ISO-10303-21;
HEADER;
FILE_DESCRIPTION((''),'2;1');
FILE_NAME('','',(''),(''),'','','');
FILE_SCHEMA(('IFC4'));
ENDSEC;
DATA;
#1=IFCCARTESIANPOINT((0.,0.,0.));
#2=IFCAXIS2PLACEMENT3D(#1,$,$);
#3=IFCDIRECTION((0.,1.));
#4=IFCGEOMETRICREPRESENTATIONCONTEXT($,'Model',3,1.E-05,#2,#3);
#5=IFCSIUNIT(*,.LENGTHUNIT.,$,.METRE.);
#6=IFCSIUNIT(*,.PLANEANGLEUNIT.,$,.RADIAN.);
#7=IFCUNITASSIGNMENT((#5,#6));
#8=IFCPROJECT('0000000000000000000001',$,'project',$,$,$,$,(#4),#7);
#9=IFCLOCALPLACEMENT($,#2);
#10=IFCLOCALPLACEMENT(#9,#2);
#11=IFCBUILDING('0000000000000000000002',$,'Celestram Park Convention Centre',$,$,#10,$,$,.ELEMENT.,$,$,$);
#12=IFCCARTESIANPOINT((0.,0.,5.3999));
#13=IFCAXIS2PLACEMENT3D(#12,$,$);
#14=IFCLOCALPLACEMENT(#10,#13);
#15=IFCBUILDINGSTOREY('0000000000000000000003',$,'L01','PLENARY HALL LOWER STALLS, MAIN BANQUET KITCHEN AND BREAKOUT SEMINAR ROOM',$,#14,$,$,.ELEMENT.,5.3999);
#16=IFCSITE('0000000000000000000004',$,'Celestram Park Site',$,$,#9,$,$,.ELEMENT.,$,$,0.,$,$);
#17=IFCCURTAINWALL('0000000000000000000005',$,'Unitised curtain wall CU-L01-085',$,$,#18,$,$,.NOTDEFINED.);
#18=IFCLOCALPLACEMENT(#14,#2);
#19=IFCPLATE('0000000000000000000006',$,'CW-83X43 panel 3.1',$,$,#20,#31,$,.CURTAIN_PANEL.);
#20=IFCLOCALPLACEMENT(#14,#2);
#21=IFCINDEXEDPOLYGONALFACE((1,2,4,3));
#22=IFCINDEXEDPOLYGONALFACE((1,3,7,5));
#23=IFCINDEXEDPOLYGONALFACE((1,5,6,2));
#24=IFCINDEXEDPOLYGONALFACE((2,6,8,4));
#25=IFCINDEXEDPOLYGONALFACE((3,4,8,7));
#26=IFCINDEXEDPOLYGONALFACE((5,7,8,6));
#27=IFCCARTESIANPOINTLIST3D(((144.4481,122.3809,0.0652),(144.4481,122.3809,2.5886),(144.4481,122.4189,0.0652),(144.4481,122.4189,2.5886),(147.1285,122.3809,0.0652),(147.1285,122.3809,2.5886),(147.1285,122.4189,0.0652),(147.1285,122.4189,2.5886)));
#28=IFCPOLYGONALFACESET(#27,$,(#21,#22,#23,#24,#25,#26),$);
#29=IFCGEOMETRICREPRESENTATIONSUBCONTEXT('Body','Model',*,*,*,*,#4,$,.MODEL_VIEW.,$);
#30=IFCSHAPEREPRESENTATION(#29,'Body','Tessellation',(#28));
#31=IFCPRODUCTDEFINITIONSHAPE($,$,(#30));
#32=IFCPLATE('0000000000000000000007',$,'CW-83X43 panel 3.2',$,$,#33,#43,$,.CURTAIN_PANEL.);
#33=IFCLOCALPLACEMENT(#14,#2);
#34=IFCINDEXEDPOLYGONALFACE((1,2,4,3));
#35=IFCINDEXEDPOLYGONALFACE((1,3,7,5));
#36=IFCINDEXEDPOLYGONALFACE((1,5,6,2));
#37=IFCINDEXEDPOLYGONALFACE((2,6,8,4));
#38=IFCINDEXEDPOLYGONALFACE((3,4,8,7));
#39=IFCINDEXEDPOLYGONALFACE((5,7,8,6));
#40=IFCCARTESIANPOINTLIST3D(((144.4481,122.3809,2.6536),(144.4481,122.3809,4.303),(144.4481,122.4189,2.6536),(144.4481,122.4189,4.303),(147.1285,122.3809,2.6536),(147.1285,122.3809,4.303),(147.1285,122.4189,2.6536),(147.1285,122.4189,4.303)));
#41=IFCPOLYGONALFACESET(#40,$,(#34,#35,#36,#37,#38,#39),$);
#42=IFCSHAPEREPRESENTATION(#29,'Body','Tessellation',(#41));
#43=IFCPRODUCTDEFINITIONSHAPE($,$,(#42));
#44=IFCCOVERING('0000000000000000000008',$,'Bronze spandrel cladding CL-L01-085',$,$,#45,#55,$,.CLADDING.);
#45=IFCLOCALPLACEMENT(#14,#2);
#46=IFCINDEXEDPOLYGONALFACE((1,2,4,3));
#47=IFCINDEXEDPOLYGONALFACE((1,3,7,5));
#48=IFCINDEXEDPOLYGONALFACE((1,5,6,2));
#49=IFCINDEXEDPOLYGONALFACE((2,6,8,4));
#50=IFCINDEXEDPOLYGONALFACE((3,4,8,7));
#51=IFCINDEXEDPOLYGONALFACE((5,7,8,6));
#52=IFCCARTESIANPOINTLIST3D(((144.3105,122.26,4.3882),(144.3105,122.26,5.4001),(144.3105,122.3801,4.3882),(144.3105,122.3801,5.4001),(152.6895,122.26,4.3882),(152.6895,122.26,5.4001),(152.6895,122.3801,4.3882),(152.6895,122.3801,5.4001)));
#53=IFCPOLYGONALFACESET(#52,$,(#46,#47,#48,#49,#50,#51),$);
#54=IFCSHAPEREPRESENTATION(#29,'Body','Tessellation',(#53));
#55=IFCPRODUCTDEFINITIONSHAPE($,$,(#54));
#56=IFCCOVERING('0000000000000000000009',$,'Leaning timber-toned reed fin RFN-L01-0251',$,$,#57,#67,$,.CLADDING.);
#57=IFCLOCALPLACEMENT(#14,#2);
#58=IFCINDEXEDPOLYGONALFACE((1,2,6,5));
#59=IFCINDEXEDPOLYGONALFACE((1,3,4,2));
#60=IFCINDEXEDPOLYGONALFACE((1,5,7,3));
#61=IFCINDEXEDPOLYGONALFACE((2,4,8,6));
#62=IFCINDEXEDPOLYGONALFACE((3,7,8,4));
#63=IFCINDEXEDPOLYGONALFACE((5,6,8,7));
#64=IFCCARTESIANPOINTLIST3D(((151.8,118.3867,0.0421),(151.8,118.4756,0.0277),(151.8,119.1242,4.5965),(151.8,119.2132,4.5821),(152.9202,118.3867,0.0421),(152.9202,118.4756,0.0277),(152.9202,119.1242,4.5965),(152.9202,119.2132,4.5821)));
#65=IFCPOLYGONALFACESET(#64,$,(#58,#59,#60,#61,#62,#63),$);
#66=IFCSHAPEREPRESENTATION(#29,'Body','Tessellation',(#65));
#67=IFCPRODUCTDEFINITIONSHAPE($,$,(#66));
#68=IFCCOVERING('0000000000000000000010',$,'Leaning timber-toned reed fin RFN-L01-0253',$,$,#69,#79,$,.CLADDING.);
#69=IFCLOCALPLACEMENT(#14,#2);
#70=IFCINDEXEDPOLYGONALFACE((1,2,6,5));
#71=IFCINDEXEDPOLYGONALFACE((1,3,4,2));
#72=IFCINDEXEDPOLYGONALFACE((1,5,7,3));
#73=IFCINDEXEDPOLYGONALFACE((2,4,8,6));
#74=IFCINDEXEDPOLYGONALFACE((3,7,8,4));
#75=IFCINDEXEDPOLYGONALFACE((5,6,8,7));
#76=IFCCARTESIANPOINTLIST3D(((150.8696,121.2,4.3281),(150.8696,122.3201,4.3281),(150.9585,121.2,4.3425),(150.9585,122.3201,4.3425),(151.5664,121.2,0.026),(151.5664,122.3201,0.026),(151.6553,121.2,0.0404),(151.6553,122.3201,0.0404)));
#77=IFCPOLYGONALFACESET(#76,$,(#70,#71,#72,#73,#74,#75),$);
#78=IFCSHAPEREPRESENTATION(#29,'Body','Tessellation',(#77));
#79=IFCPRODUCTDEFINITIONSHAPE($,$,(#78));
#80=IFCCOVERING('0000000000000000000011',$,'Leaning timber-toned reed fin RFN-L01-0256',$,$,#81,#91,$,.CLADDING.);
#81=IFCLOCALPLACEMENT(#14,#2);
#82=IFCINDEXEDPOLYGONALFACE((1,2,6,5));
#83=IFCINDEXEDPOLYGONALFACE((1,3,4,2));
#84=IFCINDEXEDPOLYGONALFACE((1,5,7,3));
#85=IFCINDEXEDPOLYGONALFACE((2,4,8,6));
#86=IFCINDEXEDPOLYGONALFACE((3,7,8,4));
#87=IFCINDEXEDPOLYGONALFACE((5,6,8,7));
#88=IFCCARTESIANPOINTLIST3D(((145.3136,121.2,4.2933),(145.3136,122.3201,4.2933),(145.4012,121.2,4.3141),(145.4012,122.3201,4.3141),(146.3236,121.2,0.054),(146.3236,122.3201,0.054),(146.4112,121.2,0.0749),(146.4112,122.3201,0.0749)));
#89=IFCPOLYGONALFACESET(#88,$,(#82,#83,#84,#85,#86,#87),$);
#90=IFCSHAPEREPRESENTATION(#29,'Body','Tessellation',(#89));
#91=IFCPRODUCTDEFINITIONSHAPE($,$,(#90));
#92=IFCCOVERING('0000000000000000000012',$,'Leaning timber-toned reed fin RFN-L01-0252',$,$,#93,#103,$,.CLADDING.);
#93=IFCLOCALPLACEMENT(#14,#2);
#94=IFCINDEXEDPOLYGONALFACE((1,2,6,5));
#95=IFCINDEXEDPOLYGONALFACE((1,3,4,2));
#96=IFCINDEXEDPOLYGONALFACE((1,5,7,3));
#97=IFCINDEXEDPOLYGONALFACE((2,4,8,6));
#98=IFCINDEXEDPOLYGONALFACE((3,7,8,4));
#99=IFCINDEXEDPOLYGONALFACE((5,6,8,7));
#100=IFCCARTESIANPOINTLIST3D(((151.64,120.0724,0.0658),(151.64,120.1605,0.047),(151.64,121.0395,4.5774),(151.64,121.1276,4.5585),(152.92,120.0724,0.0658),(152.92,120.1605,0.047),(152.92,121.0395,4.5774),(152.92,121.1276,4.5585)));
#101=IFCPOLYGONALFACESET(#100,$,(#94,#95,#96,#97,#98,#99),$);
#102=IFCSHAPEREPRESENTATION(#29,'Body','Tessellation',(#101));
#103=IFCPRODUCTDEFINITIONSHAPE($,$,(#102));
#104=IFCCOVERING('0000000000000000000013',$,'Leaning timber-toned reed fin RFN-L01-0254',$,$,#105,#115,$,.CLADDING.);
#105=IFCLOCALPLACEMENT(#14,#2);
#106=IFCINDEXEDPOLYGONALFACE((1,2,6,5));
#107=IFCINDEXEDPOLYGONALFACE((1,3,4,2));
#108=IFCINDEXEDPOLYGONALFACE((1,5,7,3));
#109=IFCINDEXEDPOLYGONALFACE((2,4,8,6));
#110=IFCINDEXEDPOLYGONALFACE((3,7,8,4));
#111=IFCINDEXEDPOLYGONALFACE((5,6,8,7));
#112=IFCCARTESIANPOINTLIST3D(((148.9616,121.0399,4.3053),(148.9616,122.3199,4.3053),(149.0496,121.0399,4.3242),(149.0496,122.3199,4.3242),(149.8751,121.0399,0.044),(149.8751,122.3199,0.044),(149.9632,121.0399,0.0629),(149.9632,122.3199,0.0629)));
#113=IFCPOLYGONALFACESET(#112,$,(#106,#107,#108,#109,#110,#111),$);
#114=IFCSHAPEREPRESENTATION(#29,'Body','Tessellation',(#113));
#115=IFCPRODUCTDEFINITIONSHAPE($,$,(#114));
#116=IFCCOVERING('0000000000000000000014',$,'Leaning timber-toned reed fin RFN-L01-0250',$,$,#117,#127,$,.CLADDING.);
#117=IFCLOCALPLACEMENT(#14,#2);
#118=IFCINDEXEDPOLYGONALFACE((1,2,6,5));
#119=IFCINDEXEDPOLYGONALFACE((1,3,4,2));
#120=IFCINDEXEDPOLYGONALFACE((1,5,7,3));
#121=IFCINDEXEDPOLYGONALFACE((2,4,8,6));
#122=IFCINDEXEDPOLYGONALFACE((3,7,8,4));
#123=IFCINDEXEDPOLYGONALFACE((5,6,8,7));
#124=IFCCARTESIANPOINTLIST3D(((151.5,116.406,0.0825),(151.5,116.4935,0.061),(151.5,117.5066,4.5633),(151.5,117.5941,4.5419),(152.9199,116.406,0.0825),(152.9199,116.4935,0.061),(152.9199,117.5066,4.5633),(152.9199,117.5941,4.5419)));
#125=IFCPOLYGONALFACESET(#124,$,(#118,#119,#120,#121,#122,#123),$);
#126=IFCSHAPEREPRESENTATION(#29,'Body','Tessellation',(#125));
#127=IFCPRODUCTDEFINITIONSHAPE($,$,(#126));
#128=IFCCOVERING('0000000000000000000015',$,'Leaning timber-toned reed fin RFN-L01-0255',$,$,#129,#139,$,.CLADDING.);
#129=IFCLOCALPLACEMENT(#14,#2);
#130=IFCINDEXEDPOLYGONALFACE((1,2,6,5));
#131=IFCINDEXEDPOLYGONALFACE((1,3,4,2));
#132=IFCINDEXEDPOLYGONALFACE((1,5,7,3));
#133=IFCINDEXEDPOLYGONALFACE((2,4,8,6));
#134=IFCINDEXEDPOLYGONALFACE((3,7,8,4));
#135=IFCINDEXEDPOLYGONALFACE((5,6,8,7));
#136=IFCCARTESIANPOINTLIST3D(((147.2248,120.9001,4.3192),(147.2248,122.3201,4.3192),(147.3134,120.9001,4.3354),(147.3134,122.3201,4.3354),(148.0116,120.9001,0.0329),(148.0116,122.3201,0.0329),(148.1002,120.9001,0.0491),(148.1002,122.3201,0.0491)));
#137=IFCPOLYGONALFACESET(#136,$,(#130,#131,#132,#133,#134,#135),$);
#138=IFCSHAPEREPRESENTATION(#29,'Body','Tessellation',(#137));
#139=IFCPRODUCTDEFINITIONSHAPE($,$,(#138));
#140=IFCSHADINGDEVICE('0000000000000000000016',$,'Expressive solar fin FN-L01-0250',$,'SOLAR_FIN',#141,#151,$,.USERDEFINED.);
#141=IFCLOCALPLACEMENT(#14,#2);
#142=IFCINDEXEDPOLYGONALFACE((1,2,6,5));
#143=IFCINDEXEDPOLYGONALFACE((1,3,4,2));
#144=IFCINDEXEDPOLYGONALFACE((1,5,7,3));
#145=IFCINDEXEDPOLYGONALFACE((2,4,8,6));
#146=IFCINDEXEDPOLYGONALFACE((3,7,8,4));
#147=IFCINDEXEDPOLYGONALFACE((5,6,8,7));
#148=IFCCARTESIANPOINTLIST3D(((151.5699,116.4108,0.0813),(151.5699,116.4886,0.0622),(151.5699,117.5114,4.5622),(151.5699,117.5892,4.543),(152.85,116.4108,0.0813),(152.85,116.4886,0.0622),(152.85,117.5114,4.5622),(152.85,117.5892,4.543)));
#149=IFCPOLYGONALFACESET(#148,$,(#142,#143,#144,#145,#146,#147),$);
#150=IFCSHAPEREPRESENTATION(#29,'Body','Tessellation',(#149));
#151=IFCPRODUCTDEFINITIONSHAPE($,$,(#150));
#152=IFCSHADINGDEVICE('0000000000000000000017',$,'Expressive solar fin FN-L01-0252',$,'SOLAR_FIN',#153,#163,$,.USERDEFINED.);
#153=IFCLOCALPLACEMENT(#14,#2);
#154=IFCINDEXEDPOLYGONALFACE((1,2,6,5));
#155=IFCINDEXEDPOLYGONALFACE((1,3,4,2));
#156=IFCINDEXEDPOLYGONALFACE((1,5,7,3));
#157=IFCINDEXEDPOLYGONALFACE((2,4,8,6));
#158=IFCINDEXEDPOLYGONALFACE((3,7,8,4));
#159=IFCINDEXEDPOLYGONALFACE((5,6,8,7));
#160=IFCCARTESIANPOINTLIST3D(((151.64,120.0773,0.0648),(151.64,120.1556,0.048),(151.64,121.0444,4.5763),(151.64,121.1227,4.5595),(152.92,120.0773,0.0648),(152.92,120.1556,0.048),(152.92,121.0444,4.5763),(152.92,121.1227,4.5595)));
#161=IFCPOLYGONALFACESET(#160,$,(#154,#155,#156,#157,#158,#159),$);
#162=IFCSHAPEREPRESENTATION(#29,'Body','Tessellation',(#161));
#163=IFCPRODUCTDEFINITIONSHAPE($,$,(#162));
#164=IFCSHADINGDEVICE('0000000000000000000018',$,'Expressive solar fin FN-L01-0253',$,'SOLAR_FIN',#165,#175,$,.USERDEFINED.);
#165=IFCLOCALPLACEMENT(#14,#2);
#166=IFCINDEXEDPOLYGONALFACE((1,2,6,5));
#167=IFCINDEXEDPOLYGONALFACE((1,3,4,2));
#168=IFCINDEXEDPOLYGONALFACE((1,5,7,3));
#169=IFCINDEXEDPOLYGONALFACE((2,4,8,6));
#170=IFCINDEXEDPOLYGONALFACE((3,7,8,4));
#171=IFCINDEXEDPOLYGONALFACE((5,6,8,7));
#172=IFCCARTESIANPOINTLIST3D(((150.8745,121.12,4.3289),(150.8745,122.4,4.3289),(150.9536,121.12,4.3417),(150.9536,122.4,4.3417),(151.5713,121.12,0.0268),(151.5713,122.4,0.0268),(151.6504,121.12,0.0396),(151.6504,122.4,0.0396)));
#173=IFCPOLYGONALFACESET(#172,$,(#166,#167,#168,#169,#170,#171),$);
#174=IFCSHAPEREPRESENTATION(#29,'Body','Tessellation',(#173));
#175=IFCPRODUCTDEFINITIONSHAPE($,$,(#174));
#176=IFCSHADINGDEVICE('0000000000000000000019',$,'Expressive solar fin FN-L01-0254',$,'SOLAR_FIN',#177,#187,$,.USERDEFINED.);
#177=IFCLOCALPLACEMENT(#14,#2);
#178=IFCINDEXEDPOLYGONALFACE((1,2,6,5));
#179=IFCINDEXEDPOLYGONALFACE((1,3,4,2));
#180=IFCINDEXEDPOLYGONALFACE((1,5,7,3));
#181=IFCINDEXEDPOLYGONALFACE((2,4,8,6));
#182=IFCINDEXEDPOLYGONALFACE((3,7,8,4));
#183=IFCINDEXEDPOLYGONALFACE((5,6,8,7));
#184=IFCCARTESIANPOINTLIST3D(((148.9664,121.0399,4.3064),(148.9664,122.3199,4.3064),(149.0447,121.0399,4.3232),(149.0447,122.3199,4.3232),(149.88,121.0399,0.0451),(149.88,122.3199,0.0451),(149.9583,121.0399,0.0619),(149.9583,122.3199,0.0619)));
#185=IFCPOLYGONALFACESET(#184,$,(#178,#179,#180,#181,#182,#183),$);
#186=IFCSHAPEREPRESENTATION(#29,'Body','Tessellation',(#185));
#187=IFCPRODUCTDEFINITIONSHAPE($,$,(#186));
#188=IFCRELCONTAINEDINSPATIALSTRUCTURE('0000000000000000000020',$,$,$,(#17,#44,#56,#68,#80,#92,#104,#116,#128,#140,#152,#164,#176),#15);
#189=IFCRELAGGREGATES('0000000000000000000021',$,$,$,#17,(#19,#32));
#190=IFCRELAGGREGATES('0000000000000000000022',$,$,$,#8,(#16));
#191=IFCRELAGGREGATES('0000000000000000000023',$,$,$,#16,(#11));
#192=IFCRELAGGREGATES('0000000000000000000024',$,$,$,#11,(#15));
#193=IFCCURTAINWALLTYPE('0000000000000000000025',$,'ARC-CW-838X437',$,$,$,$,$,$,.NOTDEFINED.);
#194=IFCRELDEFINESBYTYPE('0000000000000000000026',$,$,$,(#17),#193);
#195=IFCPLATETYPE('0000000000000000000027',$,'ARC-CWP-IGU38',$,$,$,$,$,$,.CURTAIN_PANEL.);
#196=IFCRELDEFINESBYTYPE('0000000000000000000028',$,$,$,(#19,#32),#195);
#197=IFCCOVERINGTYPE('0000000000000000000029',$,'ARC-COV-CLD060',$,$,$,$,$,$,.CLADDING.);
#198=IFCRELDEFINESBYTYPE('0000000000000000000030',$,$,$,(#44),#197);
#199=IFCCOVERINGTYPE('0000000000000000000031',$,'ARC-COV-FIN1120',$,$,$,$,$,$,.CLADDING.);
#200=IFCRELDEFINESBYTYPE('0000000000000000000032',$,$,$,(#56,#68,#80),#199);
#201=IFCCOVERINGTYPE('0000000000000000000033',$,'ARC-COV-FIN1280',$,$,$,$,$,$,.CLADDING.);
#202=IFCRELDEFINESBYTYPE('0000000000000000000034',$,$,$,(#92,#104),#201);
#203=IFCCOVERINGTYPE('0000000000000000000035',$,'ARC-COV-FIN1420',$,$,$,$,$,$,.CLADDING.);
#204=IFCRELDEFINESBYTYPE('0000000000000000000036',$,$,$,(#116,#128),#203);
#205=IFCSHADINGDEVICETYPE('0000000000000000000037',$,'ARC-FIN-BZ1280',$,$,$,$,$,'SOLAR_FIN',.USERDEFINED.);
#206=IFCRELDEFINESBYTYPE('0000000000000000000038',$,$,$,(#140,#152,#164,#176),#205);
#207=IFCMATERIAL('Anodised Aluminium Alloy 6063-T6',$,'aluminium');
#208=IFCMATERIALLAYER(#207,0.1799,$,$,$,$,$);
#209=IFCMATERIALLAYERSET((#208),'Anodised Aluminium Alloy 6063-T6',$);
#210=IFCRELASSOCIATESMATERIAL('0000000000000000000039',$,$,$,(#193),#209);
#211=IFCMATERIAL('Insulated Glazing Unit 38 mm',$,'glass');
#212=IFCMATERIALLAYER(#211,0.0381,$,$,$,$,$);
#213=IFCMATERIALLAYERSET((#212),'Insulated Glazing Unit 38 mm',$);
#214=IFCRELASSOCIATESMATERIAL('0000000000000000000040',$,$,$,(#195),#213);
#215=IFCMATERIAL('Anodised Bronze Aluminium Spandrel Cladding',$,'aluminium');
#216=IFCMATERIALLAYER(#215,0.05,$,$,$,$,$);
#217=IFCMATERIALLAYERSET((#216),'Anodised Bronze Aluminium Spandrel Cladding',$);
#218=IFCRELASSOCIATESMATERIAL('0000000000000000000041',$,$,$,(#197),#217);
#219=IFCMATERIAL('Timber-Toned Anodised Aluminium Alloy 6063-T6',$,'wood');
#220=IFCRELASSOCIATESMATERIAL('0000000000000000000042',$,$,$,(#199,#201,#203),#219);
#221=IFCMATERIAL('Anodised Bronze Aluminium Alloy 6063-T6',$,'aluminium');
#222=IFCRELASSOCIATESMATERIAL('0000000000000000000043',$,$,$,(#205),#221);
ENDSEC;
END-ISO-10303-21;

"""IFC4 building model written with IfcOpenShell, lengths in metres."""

from ifc_helpers import new_model, si_unit, direction, frame, origin, origin_2d, place, context, subcontext, project, spatial, rectangle, extrude, material, layer, layer_set, material_profile, profile_set, type_object, element, aggregate, save


model = new_model("IFC4")

# Units and contexts
model_context = context("Model", 3, precision=1e-05, world=origin(), true_north=direction((0.0, 1.0)))
body_context = subcontext(model_context, "Body", "Model", "MODEL_VIEW")
ifc_project = project(units=[si_unit("LENGTHUNIT", "METRE"), si_unit("PLANEANGLEUNIT", "RADIAN")], contexts=[model_context])

# Site, building, storey
site_placement = place(None, origin())
site = spatial("IfcSite", under=ifc_project, at=site_placement, Name="Celestram Park Site", CompositionType="ELEMENT", RefElevation=0.0)
building_placement = place(site_placement, origin())
building = spatial("IfcBuilding", under=site, at=building_placement, Name="Celestram Park Convention Centre", CompositionType="ELEMENT")
storey_placement = place(building_placement, frame((0.0, 0.0, 5.3999)))
storey = spatial("IfcBuildingStorey", under=building, at=storey_placement, Name="L01", Description="PLENARY HALL LOWER STALLS, MAIN BANQUET KITCHEN AND BREAKOUT SEMINAR ROOM", CompositionType="ELEMENT", Elevation=5.3999)

# Curtain wall, plates
ifc_material_1 = material(Name="Anodised Aluminium Alloy 6063-T6", Category="aluminium")
ifc_layer_1 = layer(ifc_material_1, 0.1799)
ifc_layer_set_1 = layer_set([ifc_layer_1], Name="Anodised Aluminium Alloy 6063-T6")
curtain_wall_type = type_object("IfcCurtainWallType", Name="ARC-CW-838X437", PredefinedType="NOTDEFINED", material=ifc_layer_set_1)
curtain_wall_placement = place(storey_placement, origin())
curtain_wall = element("IfcCurtainWall", 1, at=curtain_wall_placement, inside=storey, type_object=curtain_wall_type, Name="Unitised curtain wall CU-L01-085", PredefinedType="NOTDEFINED")
ifc_material_2 = material(Name="Insulated Glazing Unit 38 mm", Category="glass")
ifc_layer_2 = layer(ifc_material_2, 0.0381)
ifc_layer_set_2 = layer_set([ifc_layer_2], Name="Insulated Glazing Unit 38 mm")
plate_type = type_object("IfcPlateType", Name="ARC-CWP-IGU38", PredefinedType="CURTAIN_PANEL", material=ifc_layer_set_2)
plate_1_placement = place(storey_placement, frame((145.7883, 122.3999, 0.0652), z_axis=(0.0, 0.0, 1.0), x_axis=(-1.0, 0.0, 0.0)))
plate_1 = element("IfcPlate", 2, at=plate_1_placement, type_object=plate_type, Name="CW-83X43 panel 3.1", PredefinedType="CURTAIN_PANEL", context=body_context, shape_type="SweptSolid", body=[
    extrude(rectangle(XDim=2.6804, YDim=0.0381, at=origin_2d()), origin(), (0.0, 0.0, 1.0), 2.5234),
])
plate_2_placement = place(storey_placement, frame((145.7883, 122.3999, 2.6536), z_axis=(0.0, 0.0, 1.0), x_axis=(-1.0, 0.0, 0.0)))
plate_2 = element("IfcPlate", 3, at=plate_2_placement, type_object=plate_type, Name="CW-83X43 panel 3.2", PredefinedType="CURTAIN_PANEL", context=body_context, shape_type="SweptSolid", body=[
    extrude(rectangle(XDim=2.6804, YDim=0.0381, at=origin_2d()), origin(), (0.0, 0.0, 1.0), 1.6494),
])
aggregate(curtain_wall, [plate_1, plate_2])

# Coverings
ifc_material_3 = material(Name="Anodised Bronze Aluminium Spandrel Cladding", Category="aluminium")
ifc_layer_3 = layer(ifc_material_3, 0.05)
ifc_layer_set_3 = layer_set([ifc_layer_3], Name="Anodised Bronze Aluminium Spandrel Cladding")
covering_type_1 = type_object("IfcCoveringType", Name="ARC-COV-CLD060", PredefinedType="CLADDING", material=ifc_layer_set_3)
covering_1_placement = place(storey_placement, frame((148.5, 122.3201, 4.3882), z_axis=(0.0, 0.0, 1.0), x_axis=(-1.0, 0.0, 0.0)))
element("IfcCovering", 4, at=covering_1_placement, inside=storey, type_object=covering_type_1, Name="Bronze spandrel cladding CL-L01-085", PredefinedType="CLADDING", context=body_context, shape_type="SweptSolid", body=[
    extrude(rectangle(XDim=8.3789, YDim=0.1201, at=origin_2d()), origin(), (0.0, 0.0, 1.0), 1.012),
])
ifc_material_4 = material(Name="Timber-Toned Anodised Aluminium Alloy 6063-T6", Category="wood")
ifc_material_profile_1 = material_profile(ifc_material_4, rectangle(XDim=1.1201, YDim=0.0901, at=origin_2d()), Name="REED1120X90")
ifc_profile_set_1 = profile_set([ifc_material_profile_1], Name="Timber-Toned Anodised Aluminium Alloy 6063-T6")
covering_type_2 = type_object("IfcCoveringType", Name="ARC-COV-FIN1120", PredefinedType="CLADDING", material=ifc_profile_set_1)
covering_2_placement = place(storey_placement, frame((152.3601, 118.4312, 0.0349), z_axis=(0.0, 0.159858, 0.98714), x_axis=(-1.0, 0.0, 0.0)))
element("IfcCovering", 5, at=covering_2_placement, inside=storey, type_object=covering_type_2, Name="Leaning timber-toned reed fin RFN-L01-0251", PredefinedType="CLADDING", context=body_context, shape_type="SweptSolid", body=[
    extrude(rectangle(XDim=1.1201, YDim=0.0901, at=origin_2d()), origin(), (0.0, 0.0, 1.0), 4.6138),
])
covering_3_placement = place(storey_placement, frame((151.6108, 121.76, 0.0332), z_axis=(-0.159882, 0.0, 0.987136), x_axis=(0.0, -1.0, 0.0)))
element("IfcCovering", 6, at=covering_3_placement, inside=storey, type_object=covering_type_2, Name="Leaning timber-toned reed fin RFN-L01-0253", PredefinedType="CLADDING", context=body_context, shape_type="SweptSolid", body=[
    extrude(rectangle(XDim=1.1201, YDim=0.0901, at=origin_2d()), origin(), (0.0, 0.0, 1.0), 4.3582),
])
covering_4_placement = place(storey_placement, frame((146.3674, 121.76, 0.0645), z_axis=(-0.231764, 0.0, 0.972772), x_axis=(0.0, -1.0, 0.0)))
element("IfcCovering", 7, at=covering_4_placement, inside=storey, type_object=covering_type_2, Name="Leaning timber-toned reed fin RFN-L01-0256", PredefinedType="CLADDING", context=body_context, shape_type="SweptSolid", body=[
    extrude(rectangle(XDim=1.1201, YDim=0.0901, at=origin_2d()), origin(), (0.0, 0.0, 1.0), 4.3579),
])
ifc_material_profile_2 = material_profile(ifc_material_4, rectangle(XDim=1.28, YDim=0.0901, at=origin_2d()), Name="REED1280X90")
ifc_profile_set_2 = profile_set([ifc_material_profile_2], Name="Timber-Toned Anodised Aluminium Alloy 6063-T6")
covering_type_3 = type_object("IfcCoveringType", Name="ARC-COV-FIN1280", PredefinedType="CLADDING", material=ifc_profile_set_2)
covering_5_placement = place(storey_placement, frame((152.28, 120.1165, 0.0564), z_axis=(0.0, 0.209591, 0.977789), x_axis=(-1.0, 0.0, 0.0)))
element("IfcCovering", 8, at=covering_5_placement, inside=storey, type_object=covering_type_3, Name="Leaning timber-toned reed fin RFN-L01-0252", PredefinedType="CLADDING", context=body_context, shape_type="SweptSolid", body=[
    extrude(rectangle(XDim=1.28, YDim=0.0901, at=origin_2d()), origin(), (0.0, 0.0, 1.0), 4.614),
])
covering_6_placement = place(storey_placement, frame((149.9192, 121.6799, 0.0535), z_axis=(-0.209629, 0.0, 0.977781), x_axis=(0.0, -1.0, 0.0)))
element("IfcCovering", 9, at=covering_6_placement, inside=storey, type_object=covering_type_3, Name="Leaning timber-toned reed fin RFN-L01-0254", PredefinedType="CLADDING", context=body_context, shape_type="SweptSolid", body=[
    extrude(rectangle(XDim=1.28, YDim=0.0901, at=origin_2d()), origin(), (0.0, 0.0, 1.0), 4.3582),
])
ifc_material_profile_3 = material_profile(ifc_material_4, rectangle(XDim=1.4199, YDim=0.0901, at=origin_2d()), Name="REED1420X90")
ifc_profile_set_3 = profile_set([ifc_material_profile_3], Name="Timber-Toned Anodised Aluminium Alloy 6063-T6")
covering_type_4 = type_object("IfcCoveringType", Name="ARC-COV-FIN1420", PredefinedType="CLADDING", material=ifc_profile_set_3)
covering_7_placement = place(storey_placement, frame((152.21, 116.4497, 0.0718), z_axis=(0.0, 0.238537, 0.971133), x_axis=(-1.0, 0.0, 0.0)))
element("IfcCovering", 10, at=covering_7_placement, inside=storey, type_object=covering_type_4, Name="Leaning timber-toned reed fin RFN-L01-0250", PredefinedType="CLADDING", context=body_context, shape_type="SweptSolid", body=[
    extrude(rectangle(XDim=1.4199, YDim=0.0901, at=origin_2d()), origin(), (0.0, 0.0, 1.0), 4.614),
])
covering_8_placement = place(storey_placement, frame((148.0559, 121.6101, 0.041), z_axis=(-0.180556, 0.0, 0.983565), x_axis=(0.0, -1.0, 0.0)))
element("IfcCovering", 11, at=covering_8_placement, inside=storey, type_object=covering_type_4, Name="Leaning timber-toned reed fin RFN-L01-0255", PredefinedType="CLADDING", context=body_context, shape_type="SweptSolid", body=[
    extrude(rectangle(XDim=1.4199, YDim=0.0901, at=origin_2d()), origin(), (0.0, 0.0, 1.0), 4.3579),
])

# Shading devices
ifc_material_5 = material(Name="Anodised Bronze Aluminium Alloy 6063-T6", Category="aluminium")
ifc_material_profile_4 = material_profile(ifc_material_5, rectangle(XDim=1.28, YDim=0.0801, at=origin_2d()), Name="FIN1280X80")
ifc_profile_set_4 = profile_set([ifc_material_profile_4], Name="Anodised Bronze Aluminium Alloy 6063-T6")
shading_device_type = type_object("IfcShadingDeviceType", Name="ARC-FIN-BZ1280", ElementType="SOLAR_FIN", PredefinedType="USERDEFINED", material=ifc_profile_set_4)
for number, where, z_axis, x_axis, name in (
    (12, (152.21, 116.4497, 0.0718), (0.0, 0.238537, 0.971133), (-1.0, 0.0, 0.0), "Expressive solar fin FN-L01-0250"),
    (13, (152.28, 120.1165, 0.0564), (0.0, 0.209591, 0.977789), (-1.0, 0.0, 0.0), "Expressive solar fin FN-L01-0252"),
):
    element("IfcShadingDevice", number, at=place(storey_placement, frame(where, z_axis=z_axis, x_axis=x_axis)), inside=storey, type_object=shading_device_type, Name=name, ObjectType="SOLAR_FIN", PredefinedType="USERDEFINED", context=body_context, shape_type="SweptSolid", body=[
        extrude(rectangle(XDim=1.28, YDim=0.0801, at=origin_2d()), origin(), (0.0, 0.0, 1.0), 4.614),
    ])
for number, where, z_axis, x_axis, name in (
    (14, (151.6108, 121.76, 0.0332), (-0.159882, 0.0, 0.987136), (0.0, -1.0, 0.0), "Expressive solar fin FN-L01-0253"),
    (15, (149.9192, 121.6799, 0.0535), (-0.209629, 0.0, 0.977781), (0.0, -1.0, 0.0), "Expressive solar fin FN-L01-0254"),
):
    element("IfcShadingDevice", number, at=place(storey_placement, frame(where, z_axis=z_axis, x_axis=x_axis)), inside=storey, type_object=shading_device_type, Name=name, ObjectType="SOLAR_FIN", PredefinedType="USERDEFINED", context=body_context, shape_type="SweptSolid", body=[
        extrude(rectangle(XDim=1.28, YDim=0.0801, at=origin_2d()), origin(), (0.0, 0.0, 1.0), 4.3582),
    ])

save(model, "model.ifc")
